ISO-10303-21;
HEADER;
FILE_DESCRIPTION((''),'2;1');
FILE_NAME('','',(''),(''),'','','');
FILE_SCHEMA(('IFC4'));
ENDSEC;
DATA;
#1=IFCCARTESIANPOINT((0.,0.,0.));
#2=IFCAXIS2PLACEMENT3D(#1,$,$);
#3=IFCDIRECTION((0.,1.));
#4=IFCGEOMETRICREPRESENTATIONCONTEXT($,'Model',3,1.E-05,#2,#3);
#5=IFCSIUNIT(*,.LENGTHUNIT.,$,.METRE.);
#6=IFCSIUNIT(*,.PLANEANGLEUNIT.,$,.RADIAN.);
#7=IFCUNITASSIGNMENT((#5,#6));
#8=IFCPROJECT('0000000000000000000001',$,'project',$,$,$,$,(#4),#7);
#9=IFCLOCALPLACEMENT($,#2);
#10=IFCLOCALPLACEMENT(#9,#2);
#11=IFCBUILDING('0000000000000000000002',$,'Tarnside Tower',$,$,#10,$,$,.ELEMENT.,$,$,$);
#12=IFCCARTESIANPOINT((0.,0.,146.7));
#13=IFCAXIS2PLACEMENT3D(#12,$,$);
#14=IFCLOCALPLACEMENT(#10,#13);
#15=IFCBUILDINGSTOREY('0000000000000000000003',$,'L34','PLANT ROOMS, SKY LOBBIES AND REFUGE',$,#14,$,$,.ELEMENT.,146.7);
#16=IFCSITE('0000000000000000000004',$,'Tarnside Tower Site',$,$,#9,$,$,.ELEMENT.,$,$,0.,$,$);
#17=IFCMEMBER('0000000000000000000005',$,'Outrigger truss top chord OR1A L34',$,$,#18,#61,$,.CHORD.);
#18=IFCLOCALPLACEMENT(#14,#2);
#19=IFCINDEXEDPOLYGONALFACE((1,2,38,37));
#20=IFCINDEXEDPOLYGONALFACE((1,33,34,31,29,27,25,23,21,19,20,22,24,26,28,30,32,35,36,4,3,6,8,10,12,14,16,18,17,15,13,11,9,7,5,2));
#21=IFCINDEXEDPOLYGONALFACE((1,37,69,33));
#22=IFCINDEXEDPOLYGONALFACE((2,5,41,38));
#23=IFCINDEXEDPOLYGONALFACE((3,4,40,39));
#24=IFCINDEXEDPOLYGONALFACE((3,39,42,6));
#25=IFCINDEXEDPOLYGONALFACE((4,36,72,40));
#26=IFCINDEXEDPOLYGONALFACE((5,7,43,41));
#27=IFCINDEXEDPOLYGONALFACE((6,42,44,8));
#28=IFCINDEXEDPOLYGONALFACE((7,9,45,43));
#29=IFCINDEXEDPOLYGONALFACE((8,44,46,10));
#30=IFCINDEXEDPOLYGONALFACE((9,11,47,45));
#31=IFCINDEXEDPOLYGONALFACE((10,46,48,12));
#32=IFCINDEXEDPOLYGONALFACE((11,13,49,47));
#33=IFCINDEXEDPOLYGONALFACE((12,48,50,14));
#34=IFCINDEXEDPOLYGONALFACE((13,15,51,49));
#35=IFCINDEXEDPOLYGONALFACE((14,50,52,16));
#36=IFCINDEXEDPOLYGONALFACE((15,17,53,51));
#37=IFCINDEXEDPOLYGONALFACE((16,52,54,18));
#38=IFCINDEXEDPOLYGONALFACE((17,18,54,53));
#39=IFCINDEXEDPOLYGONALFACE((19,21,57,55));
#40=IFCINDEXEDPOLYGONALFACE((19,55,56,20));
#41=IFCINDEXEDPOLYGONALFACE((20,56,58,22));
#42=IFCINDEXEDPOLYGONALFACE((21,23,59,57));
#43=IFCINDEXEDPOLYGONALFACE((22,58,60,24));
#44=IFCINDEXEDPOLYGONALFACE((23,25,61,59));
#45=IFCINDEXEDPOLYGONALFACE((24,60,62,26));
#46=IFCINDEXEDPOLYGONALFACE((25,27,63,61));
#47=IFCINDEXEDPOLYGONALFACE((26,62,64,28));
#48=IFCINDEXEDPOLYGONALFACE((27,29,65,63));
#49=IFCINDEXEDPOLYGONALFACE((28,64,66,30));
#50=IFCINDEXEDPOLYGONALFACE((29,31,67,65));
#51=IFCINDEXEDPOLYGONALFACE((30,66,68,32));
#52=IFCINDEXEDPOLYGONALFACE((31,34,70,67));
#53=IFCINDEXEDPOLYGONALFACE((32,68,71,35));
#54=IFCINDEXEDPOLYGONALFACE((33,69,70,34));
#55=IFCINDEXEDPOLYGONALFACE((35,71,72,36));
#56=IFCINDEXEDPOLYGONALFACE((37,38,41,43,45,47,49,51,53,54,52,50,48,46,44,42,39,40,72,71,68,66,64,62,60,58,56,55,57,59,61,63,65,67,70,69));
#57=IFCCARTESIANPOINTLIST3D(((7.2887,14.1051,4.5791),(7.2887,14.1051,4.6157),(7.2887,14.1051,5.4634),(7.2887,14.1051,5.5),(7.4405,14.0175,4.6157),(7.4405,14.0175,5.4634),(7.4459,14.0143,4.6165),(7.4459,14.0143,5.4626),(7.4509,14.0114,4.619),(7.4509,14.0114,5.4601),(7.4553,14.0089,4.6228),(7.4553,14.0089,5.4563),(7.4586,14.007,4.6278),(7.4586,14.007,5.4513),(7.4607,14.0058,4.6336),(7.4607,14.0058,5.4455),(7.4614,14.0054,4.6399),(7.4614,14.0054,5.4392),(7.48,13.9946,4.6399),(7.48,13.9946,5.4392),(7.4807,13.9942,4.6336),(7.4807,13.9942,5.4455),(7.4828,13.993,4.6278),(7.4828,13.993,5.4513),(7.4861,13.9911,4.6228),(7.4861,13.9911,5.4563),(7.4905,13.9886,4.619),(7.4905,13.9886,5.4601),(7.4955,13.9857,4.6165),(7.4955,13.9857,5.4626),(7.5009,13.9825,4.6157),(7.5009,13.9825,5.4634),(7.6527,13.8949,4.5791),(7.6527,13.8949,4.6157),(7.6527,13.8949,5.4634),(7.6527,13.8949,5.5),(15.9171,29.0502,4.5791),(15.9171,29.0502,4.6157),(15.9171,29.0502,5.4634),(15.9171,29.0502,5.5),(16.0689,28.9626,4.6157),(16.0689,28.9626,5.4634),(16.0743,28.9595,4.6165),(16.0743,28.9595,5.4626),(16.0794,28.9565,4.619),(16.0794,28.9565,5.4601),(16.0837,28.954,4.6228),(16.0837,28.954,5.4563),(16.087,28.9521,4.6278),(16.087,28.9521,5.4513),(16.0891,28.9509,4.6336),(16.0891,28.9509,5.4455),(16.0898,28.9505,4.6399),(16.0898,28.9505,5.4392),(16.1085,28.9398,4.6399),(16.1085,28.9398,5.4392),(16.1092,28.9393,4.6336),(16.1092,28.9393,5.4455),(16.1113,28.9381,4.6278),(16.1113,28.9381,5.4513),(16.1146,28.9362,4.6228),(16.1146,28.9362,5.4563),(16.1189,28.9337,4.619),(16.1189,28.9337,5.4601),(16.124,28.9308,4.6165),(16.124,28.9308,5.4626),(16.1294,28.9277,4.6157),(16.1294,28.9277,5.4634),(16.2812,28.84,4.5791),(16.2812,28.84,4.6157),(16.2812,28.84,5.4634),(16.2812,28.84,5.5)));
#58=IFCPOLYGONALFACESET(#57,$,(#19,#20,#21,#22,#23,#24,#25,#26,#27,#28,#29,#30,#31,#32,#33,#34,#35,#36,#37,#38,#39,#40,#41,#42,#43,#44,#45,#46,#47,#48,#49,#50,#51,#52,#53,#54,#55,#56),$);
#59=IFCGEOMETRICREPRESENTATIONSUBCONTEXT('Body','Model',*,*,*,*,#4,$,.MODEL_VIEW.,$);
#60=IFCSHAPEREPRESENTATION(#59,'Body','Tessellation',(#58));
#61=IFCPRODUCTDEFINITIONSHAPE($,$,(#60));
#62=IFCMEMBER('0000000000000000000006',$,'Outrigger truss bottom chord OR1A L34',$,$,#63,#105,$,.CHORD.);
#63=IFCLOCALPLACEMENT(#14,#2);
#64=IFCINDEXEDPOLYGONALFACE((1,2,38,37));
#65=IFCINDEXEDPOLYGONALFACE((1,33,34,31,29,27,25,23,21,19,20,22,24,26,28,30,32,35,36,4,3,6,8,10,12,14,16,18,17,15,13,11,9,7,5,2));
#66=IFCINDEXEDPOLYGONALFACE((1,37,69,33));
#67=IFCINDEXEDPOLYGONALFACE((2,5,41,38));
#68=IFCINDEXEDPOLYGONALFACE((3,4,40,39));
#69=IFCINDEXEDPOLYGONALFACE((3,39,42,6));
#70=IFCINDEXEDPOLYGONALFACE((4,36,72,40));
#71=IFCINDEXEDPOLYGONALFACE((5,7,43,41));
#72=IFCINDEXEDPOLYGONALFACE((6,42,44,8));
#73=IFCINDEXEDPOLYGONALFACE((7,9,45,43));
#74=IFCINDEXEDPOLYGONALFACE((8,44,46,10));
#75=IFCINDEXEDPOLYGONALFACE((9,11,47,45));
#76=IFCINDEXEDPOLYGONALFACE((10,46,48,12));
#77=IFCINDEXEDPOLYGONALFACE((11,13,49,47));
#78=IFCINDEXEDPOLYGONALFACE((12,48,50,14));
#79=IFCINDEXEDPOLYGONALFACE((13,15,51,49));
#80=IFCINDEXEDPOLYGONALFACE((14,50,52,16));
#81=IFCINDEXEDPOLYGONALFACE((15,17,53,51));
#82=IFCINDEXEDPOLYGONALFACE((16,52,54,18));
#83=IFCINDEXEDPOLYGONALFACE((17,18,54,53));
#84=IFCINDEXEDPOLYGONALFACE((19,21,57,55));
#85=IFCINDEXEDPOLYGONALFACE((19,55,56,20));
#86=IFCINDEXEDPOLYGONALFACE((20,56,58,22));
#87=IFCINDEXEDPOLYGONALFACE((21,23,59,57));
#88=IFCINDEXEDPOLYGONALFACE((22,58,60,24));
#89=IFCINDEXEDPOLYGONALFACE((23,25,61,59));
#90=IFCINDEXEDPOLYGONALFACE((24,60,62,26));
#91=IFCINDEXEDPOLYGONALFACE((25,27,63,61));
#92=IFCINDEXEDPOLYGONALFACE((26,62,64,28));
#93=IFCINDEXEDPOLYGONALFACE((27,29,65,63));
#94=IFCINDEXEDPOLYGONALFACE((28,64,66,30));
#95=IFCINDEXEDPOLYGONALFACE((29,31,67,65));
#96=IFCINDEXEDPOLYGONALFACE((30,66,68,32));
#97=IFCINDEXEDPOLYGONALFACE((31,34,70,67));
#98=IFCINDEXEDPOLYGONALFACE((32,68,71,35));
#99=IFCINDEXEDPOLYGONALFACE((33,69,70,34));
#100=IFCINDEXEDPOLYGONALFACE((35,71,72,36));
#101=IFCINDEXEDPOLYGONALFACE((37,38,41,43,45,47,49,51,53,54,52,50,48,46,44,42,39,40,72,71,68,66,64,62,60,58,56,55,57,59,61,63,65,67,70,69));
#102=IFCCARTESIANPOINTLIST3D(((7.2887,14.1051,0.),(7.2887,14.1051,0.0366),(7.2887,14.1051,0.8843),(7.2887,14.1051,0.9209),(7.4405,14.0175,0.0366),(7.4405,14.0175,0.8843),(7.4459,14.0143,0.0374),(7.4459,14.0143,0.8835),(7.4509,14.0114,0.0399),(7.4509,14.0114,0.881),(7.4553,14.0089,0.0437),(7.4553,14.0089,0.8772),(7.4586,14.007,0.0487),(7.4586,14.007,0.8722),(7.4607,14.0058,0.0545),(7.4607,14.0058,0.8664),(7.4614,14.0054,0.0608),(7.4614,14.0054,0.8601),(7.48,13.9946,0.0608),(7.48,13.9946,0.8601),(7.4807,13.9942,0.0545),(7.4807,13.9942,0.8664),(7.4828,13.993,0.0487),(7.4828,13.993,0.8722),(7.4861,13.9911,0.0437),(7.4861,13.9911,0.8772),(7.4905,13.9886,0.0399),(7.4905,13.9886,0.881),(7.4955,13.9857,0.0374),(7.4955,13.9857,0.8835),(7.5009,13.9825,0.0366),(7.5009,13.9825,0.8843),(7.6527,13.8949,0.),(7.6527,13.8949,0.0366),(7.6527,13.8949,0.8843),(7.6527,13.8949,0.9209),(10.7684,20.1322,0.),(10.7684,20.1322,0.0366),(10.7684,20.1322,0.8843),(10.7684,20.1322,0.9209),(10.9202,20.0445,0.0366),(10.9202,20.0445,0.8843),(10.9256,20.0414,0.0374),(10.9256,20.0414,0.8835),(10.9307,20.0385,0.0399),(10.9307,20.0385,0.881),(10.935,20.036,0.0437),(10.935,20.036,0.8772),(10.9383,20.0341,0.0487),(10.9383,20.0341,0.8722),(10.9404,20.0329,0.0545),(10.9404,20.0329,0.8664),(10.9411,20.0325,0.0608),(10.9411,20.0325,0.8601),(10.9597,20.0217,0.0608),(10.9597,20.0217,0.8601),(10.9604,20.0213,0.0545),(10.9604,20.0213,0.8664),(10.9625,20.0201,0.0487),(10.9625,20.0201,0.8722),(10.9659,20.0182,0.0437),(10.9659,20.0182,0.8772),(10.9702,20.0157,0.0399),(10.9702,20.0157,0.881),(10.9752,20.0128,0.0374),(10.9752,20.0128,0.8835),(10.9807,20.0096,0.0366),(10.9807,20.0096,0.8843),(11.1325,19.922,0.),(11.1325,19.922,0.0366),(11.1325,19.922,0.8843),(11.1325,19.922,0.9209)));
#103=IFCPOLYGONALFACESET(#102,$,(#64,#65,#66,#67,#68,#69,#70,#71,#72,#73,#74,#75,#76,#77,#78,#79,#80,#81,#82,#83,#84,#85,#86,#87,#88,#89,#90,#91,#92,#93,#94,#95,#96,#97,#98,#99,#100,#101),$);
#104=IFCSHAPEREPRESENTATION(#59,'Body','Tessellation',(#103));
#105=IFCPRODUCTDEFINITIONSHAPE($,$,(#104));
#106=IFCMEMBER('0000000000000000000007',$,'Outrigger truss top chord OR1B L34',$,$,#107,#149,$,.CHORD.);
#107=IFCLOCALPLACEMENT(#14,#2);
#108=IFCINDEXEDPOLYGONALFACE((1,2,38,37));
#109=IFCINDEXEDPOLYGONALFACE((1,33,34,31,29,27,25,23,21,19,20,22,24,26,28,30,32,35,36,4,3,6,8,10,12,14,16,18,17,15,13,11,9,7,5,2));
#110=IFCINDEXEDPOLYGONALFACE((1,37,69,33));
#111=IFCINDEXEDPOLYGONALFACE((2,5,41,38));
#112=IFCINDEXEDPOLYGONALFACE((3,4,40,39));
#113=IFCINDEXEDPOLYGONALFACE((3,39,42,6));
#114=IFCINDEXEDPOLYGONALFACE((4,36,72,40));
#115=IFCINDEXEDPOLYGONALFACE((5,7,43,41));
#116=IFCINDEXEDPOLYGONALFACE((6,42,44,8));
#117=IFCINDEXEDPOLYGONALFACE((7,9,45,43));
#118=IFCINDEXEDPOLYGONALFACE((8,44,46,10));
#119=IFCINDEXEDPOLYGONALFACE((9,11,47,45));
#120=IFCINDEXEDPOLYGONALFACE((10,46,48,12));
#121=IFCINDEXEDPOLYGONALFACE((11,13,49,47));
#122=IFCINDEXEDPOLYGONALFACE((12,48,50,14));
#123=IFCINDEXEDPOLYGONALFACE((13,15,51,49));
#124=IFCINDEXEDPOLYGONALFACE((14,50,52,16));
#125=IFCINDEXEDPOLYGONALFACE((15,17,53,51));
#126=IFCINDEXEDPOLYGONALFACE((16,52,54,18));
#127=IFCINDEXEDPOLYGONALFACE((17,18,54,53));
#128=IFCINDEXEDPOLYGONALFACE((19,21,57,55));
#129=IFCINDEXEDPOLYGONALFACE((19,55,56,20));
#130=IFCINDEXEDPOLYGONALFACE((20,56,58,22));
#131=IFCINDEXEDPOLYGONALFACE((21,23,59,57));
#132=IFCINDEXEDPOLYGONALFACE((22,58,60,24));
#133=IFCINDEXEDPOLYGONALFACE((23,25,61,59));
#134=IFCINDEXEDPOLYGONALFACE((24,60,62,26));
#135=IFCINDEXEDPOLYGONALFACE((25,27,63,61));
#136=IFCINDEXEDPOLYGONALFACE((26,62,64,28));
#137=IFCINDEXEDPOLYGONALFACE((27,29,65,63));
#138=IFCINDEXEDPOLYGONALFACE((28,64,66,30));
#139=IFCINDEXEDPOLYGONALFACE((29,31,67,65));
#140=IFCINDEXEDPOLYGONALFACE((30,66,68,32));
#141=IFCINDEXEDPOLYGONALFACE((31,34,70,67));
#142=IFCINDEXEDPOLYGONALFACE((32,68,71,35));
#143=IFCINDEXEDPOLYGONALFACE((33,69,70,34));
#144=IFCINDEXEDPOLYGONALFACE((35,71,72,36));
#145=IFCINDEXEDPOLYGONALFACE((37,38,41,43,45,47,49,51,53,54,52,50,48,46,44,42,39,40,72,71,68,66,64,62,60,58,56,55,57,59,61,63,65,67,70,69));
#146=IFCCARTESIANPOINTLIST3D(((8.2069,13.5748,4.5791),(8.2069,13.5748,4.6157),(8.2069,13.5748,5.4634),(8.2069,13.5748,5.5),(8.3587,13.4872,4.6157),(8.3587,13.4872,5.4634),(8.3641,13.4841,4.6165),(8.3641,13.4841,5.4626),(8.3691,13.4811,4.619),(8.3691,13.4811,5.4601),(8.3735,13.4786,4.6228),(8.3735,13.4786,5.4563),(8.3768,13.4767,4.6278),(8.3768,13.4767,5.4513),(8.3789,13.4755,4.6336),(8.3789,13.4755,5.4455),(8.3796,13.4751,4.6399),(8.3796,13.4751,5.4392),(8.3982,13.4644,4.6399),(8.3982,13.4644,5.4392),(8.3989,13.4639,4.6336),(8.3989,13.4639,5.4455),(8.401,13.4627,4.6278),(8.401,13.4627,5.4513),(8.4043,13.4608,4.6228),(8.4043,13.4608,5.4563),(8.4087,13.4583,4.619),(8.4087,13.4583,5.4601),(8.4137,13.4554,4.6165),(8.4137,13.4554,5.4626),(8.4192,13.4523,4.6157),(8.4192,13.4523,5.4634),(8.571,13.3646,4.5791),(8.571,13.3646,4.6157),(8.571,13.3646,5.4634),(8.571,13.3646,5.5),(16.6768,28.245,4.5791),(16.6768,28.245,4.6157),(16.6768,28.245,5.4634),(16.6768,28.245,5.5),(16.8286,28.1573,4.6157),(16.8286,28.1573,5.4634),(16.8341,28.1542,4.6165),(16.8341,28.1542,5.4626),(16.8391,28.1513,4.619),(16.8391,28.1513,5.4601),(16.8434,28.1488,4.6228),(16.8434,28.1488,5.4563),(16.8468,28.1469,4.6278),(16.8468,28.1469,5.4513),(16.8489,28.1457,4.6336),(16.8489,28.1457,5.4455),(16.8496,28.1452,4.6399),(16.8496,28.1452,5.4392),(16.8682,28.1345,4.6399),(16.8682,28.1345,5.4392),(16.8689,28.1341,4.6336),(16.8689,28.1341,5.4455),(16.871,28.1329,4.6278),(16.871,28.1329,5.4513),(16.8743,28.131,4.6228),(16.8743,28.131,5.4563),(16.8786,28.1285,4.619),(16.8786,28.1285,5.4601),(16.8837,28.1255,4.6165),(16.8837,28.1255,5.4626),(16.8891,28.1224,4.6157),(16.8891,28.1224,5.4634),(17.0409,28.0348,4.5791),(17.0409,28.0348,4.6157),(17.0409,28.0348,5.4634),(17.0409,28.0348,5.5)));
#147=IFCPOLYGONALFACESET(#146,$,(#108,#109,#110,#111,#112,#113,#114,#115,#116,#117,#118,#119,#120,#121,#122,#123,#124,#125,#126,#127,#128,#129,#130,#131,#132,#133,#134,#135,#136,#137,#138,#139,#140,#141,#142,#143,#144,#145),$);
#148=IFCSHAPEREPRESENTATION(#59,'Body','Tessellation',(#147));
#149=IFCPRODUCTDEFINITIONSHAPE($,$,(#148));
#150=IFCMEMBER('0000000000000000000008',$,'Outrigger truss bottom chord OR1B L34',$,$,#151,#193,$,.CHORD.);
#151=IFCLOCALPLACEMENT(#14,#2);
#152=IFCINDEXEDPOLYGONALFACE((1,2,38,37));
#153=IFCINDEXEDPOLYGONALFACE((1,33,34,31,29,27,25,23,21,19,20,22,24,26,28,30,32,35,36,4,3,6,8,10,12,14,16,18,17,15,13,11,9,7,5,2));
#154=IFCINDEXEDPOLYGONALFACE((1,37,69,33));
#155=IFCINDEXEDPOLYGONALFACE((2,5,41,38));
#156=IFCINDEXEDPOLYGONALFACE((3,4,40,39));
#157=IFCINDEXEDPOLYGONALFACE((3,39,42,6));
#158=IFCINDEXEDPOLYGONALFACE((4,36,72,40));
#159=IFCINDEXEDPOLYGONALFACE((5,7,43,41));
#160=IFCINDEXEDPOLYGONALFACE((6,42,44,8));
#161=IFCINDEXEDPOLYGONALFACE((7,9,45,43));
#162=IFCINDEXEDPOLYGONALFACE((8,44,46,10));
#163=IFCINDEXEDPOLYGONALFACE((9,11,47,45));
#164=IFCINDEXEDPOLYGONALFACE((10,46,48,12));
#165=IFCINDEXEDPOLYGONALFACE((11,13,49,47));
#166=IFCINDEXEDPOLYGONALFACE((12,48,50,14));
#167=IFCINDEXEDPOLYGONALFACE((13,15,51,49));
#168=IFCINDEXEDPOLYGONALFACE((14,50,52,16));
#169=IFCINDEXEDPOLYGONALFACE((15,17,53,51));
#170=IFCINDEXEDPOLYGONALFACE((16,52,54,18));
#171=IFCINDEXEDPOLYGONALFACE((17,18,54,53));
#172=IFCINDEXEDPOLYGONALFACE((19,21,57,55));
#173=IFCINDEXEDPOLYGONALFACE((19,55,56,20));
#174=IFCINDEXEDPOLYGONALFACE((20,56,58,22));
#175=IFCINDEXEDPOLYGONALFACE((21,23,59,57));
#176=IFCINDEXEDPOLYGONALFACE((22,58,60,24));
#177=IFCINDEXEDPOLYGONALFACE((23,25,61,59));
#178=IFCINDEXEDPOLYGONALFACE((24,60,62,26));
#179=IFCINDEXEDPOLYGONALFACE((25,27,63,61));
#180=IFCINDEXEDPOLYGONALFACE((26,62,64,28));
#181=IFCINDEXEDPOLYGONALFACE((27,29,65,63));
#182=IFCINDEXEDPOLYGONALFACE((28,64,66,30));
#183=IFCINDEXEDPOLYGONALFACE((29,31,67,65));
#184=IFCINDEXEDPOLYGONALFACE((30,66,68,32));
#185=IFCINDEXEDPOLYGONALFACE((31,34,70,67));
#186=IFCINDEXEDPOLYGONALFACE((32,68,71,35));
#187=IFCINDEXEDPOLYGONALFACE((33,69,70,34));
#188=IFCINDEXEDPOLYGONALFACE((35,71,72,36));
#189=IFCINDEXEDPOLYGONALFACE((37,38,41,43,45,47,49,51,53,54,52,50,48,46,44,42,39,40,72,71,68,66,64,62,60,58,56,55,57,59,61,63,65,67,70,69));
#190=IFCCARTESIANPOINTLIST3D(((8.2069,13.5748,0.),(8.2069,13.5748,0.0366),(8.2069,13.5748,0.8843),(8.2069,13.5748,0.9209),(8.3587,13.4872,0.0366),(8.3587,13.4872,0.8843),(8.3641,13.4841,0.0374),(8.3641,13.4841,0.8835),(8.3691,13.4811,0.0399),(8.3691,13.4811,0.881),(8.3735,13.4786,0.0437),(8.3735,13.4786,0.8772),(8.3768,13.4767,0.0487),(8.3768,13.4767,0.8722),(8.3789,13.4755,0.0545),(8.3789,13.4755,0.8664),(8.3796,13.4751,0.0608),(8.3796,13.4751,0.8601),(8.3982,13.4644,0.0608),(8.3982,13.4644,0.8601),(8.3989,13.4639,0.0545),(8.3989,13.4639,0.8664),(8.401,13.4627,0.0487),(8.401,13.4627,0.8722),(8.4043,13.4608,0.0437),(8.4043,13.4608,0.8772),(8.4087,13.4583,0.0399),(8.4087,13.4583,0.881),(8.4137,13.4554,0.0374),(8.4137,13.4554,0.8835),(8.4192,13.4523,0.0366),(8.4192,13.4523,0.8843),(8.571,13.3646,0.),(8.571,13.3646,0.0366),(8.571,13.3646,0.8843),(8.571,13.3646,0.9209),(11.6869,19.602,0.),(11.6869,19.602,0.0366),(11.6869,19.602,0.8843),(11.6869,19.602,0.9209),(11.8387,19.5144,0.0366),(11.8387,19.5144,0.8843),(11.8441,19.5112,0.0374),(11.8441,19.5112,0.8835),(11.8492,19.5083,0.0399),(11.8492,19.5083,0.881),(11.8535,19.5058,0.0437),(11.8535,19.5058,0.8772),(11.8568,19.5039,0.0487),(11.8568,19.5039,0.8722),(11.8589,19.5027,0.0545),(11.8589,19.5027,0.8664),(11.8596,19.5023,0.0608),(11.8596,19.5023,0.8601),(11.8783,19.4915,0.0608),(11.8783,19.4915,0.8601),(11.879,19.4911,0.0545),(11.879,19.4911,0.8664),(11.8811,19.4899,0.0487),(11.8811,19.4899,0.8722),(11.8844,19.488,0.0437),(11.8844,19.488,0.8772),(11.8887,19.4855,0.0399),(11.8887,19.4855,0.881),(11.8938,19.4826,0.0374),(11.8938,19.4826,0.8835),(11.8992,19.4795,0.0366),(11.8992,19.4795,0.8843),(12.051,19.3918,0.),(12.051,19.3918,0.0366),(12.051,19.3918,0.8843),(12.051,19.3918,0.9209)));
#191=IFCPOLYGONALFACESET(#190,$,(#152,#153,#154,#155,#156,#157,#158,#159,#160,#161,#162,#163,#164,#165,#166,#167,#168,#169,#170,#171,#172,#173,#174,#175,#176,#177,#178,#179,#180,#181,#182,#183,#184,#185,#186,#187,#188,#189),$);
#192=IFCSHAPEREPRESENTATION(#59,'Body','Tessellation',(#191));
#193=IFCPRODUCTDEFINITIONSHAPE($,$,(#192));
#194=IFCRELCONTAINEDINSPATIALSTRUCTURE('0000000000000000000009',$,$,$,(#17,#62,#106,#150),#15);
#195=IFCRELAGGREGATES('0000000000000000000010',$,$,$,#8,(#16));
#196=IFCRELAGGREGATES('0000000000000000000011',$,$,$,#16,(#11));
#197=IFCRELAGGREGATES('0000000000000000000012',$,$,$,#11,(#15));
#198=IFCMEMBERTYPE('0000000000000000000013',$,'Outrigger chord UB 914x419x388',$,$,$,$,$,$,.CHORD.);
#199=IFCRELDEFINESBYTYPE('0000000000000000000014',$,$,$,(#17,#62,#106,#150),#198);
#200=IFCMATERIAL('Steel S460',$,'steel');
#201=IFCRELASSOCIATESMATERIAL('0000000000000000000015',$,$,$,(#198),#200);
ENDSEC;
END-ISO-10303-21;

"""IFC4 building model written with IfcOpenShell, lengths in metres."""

from ifc_helpers import new_model, si_unit, direction, frame, origin, origin_2d, place, context, subcontext, project, spatial, i_section, extrude, material, material_profile, profile_set, type_object, element, save


model = new_model("IFC4")

# Units and contexts
model_context = context("Model", 3, precision=1e-05, world=origin(), true_north=direction((0.0, 1.0)))
body_context = subcontext(model_context, "Body", "Model", "MODEL_VIEW")
ifc_project = project(units=[si_unit("LENGTHUNIT", "METRE"), si_unit("PLANEANGLEUNIT", "RADIAN")], contexts=[model_context])

# Site, building, storey
site_placement = place(None, origin())
site = spatial("IfcSite", under=ifc_project, at=site_placement, Name="Tarnside Tower Site", CompositionType="ELEMENT", RefElevation=0.0)
building_placement = place(site_placement, origin())
building = spatial("IfcBuilding", under=site, at=building_placement, Name="Tarnside Tower", CompositionType="ELEMENT")
storey_placement = place(building_placement, frame((0.0, 0.0, 146.7)))
storey = spatial("IfcBuildingStorey", under=building, at=storey_placement, Name="L34", Description="PLANT ROOMS, SKY LOBBIES AND REFUGE", CompositionType="ELEMENT", Elevation=146.7)

# Members
ifc_material_1 = material(Name="Steel S460", Category="steel")
ifc_material_profile_1 = material_profile(ifc_material_1, i_section(OverallWidth=0.4204, OverallDepth=0.9209, WebThickness=0.0215, FlangeThickness=0.0366, FilletRadius=0.0242, at=origin_2d()), Name="UB 914x419x388")
ifc_profile_set_1 = profile_set([ifc_material_profile_1], Name="Steel S460")
member_type_1 = type_object("IfcMemberType", Name="Outrigger chord UB 914x419x388", PredefinedType="CHORD", material=ifc_profile_set_1)
member_1_placement = place(storey_placement, frame((7.4707, 14.0, 5.0396), z_axis=(0.499995, 0.866028, 0.0), x_axis=(-0.866028, 0.499995, 0.0)))
element("IfcMember", 1, at=member_1_placement, inside=storey, type_object=member_type_1, Name="Outrigger truss top chord OR1A L34", PredefinedType="CHORD", context=body_context, shape_type="SweptSolid", body=[
    extrude(i_section(OverallWidth=0.4204, OverallDepth=0.9209, WebThickness=0.0215, FlangeThickness=0.0366, FilletRadius=0.0242, at=origin_2d()), origin(), (0.0, 0.0, 1.0), 17.2571),
])
member_2_placement = place(storey_placement, frame((7.4707, 14.0, 0.4604), z_axis=(0.499999, 0.866026, 0.0), x_axis=(-0.866026, 0.499999, 0.0)))
element("IfcMember", 2, at=member_2_placement, inside=storey, type_object=member_type_1, Name="Outrigger truss bottom chord OR1A L34", PredefinedType="CHORD", context=body_context, shape_type="SweptSolid", body=[
    extrude(i_section(OverallWidth=0.4204, OverallDepth=0.9209, WebThickness=0.0215, FlangeThickness=0.0366, FilletRadius=0.0242, at=origin_2d()), origin(), (0.0, 0.0, 1.0), 6.9595),
])
member_3_placement = place(storey_placement, frame((8.3889, 13.4697, 5.0396), z_axis=(0.500006, 0.866022, 0.0), x_axis=(-0.866022, 0.500006, 0.0)))
element("IfcMember", 3, at=member_3_placement, inside=storey, type_object=member_type_1, Name="Outrigger truss top chord OR1B L34", PredefinedType="CHORD", context=body_context, shape_type="SweptSolid", body=[
    extrude(i_section(OverallWidth=0.4204, OverallDepth=0.9209, WebThickness=0.0215, FlangeThickness=0.0366, FilletRadius=0.0242, at=origin_2d()), origin(), (0.0, 0.0, 1.0), 16.9397),
])
member_4_placement = place(storey_placement, frame((8.3889, 13.4697, 0.4604), z_axis=(0.500025, 0.866011, 0.0), x_axis=(-0.866011, 0.500025, 0.0)))
element("IfcMember", 4, at=member_4_placement, inside=storey, type_object=member_type_1, Name="Outrigger truss bottom chord OR1B L34", PredefinedType="CHORD", context=body_context, shape_type="SweptSolid", body=[
    extrude(i_section(OverallWidth=0.4204, OverallDepth=0.9209, WebThickness=0.0215, FlangeThickness=0.0366, FilletRadius=0.0242, at=origin_2d()), origin(), (0.0, 0.0, 1.0), 6.9597),
])

save(model, "model.ifc")
